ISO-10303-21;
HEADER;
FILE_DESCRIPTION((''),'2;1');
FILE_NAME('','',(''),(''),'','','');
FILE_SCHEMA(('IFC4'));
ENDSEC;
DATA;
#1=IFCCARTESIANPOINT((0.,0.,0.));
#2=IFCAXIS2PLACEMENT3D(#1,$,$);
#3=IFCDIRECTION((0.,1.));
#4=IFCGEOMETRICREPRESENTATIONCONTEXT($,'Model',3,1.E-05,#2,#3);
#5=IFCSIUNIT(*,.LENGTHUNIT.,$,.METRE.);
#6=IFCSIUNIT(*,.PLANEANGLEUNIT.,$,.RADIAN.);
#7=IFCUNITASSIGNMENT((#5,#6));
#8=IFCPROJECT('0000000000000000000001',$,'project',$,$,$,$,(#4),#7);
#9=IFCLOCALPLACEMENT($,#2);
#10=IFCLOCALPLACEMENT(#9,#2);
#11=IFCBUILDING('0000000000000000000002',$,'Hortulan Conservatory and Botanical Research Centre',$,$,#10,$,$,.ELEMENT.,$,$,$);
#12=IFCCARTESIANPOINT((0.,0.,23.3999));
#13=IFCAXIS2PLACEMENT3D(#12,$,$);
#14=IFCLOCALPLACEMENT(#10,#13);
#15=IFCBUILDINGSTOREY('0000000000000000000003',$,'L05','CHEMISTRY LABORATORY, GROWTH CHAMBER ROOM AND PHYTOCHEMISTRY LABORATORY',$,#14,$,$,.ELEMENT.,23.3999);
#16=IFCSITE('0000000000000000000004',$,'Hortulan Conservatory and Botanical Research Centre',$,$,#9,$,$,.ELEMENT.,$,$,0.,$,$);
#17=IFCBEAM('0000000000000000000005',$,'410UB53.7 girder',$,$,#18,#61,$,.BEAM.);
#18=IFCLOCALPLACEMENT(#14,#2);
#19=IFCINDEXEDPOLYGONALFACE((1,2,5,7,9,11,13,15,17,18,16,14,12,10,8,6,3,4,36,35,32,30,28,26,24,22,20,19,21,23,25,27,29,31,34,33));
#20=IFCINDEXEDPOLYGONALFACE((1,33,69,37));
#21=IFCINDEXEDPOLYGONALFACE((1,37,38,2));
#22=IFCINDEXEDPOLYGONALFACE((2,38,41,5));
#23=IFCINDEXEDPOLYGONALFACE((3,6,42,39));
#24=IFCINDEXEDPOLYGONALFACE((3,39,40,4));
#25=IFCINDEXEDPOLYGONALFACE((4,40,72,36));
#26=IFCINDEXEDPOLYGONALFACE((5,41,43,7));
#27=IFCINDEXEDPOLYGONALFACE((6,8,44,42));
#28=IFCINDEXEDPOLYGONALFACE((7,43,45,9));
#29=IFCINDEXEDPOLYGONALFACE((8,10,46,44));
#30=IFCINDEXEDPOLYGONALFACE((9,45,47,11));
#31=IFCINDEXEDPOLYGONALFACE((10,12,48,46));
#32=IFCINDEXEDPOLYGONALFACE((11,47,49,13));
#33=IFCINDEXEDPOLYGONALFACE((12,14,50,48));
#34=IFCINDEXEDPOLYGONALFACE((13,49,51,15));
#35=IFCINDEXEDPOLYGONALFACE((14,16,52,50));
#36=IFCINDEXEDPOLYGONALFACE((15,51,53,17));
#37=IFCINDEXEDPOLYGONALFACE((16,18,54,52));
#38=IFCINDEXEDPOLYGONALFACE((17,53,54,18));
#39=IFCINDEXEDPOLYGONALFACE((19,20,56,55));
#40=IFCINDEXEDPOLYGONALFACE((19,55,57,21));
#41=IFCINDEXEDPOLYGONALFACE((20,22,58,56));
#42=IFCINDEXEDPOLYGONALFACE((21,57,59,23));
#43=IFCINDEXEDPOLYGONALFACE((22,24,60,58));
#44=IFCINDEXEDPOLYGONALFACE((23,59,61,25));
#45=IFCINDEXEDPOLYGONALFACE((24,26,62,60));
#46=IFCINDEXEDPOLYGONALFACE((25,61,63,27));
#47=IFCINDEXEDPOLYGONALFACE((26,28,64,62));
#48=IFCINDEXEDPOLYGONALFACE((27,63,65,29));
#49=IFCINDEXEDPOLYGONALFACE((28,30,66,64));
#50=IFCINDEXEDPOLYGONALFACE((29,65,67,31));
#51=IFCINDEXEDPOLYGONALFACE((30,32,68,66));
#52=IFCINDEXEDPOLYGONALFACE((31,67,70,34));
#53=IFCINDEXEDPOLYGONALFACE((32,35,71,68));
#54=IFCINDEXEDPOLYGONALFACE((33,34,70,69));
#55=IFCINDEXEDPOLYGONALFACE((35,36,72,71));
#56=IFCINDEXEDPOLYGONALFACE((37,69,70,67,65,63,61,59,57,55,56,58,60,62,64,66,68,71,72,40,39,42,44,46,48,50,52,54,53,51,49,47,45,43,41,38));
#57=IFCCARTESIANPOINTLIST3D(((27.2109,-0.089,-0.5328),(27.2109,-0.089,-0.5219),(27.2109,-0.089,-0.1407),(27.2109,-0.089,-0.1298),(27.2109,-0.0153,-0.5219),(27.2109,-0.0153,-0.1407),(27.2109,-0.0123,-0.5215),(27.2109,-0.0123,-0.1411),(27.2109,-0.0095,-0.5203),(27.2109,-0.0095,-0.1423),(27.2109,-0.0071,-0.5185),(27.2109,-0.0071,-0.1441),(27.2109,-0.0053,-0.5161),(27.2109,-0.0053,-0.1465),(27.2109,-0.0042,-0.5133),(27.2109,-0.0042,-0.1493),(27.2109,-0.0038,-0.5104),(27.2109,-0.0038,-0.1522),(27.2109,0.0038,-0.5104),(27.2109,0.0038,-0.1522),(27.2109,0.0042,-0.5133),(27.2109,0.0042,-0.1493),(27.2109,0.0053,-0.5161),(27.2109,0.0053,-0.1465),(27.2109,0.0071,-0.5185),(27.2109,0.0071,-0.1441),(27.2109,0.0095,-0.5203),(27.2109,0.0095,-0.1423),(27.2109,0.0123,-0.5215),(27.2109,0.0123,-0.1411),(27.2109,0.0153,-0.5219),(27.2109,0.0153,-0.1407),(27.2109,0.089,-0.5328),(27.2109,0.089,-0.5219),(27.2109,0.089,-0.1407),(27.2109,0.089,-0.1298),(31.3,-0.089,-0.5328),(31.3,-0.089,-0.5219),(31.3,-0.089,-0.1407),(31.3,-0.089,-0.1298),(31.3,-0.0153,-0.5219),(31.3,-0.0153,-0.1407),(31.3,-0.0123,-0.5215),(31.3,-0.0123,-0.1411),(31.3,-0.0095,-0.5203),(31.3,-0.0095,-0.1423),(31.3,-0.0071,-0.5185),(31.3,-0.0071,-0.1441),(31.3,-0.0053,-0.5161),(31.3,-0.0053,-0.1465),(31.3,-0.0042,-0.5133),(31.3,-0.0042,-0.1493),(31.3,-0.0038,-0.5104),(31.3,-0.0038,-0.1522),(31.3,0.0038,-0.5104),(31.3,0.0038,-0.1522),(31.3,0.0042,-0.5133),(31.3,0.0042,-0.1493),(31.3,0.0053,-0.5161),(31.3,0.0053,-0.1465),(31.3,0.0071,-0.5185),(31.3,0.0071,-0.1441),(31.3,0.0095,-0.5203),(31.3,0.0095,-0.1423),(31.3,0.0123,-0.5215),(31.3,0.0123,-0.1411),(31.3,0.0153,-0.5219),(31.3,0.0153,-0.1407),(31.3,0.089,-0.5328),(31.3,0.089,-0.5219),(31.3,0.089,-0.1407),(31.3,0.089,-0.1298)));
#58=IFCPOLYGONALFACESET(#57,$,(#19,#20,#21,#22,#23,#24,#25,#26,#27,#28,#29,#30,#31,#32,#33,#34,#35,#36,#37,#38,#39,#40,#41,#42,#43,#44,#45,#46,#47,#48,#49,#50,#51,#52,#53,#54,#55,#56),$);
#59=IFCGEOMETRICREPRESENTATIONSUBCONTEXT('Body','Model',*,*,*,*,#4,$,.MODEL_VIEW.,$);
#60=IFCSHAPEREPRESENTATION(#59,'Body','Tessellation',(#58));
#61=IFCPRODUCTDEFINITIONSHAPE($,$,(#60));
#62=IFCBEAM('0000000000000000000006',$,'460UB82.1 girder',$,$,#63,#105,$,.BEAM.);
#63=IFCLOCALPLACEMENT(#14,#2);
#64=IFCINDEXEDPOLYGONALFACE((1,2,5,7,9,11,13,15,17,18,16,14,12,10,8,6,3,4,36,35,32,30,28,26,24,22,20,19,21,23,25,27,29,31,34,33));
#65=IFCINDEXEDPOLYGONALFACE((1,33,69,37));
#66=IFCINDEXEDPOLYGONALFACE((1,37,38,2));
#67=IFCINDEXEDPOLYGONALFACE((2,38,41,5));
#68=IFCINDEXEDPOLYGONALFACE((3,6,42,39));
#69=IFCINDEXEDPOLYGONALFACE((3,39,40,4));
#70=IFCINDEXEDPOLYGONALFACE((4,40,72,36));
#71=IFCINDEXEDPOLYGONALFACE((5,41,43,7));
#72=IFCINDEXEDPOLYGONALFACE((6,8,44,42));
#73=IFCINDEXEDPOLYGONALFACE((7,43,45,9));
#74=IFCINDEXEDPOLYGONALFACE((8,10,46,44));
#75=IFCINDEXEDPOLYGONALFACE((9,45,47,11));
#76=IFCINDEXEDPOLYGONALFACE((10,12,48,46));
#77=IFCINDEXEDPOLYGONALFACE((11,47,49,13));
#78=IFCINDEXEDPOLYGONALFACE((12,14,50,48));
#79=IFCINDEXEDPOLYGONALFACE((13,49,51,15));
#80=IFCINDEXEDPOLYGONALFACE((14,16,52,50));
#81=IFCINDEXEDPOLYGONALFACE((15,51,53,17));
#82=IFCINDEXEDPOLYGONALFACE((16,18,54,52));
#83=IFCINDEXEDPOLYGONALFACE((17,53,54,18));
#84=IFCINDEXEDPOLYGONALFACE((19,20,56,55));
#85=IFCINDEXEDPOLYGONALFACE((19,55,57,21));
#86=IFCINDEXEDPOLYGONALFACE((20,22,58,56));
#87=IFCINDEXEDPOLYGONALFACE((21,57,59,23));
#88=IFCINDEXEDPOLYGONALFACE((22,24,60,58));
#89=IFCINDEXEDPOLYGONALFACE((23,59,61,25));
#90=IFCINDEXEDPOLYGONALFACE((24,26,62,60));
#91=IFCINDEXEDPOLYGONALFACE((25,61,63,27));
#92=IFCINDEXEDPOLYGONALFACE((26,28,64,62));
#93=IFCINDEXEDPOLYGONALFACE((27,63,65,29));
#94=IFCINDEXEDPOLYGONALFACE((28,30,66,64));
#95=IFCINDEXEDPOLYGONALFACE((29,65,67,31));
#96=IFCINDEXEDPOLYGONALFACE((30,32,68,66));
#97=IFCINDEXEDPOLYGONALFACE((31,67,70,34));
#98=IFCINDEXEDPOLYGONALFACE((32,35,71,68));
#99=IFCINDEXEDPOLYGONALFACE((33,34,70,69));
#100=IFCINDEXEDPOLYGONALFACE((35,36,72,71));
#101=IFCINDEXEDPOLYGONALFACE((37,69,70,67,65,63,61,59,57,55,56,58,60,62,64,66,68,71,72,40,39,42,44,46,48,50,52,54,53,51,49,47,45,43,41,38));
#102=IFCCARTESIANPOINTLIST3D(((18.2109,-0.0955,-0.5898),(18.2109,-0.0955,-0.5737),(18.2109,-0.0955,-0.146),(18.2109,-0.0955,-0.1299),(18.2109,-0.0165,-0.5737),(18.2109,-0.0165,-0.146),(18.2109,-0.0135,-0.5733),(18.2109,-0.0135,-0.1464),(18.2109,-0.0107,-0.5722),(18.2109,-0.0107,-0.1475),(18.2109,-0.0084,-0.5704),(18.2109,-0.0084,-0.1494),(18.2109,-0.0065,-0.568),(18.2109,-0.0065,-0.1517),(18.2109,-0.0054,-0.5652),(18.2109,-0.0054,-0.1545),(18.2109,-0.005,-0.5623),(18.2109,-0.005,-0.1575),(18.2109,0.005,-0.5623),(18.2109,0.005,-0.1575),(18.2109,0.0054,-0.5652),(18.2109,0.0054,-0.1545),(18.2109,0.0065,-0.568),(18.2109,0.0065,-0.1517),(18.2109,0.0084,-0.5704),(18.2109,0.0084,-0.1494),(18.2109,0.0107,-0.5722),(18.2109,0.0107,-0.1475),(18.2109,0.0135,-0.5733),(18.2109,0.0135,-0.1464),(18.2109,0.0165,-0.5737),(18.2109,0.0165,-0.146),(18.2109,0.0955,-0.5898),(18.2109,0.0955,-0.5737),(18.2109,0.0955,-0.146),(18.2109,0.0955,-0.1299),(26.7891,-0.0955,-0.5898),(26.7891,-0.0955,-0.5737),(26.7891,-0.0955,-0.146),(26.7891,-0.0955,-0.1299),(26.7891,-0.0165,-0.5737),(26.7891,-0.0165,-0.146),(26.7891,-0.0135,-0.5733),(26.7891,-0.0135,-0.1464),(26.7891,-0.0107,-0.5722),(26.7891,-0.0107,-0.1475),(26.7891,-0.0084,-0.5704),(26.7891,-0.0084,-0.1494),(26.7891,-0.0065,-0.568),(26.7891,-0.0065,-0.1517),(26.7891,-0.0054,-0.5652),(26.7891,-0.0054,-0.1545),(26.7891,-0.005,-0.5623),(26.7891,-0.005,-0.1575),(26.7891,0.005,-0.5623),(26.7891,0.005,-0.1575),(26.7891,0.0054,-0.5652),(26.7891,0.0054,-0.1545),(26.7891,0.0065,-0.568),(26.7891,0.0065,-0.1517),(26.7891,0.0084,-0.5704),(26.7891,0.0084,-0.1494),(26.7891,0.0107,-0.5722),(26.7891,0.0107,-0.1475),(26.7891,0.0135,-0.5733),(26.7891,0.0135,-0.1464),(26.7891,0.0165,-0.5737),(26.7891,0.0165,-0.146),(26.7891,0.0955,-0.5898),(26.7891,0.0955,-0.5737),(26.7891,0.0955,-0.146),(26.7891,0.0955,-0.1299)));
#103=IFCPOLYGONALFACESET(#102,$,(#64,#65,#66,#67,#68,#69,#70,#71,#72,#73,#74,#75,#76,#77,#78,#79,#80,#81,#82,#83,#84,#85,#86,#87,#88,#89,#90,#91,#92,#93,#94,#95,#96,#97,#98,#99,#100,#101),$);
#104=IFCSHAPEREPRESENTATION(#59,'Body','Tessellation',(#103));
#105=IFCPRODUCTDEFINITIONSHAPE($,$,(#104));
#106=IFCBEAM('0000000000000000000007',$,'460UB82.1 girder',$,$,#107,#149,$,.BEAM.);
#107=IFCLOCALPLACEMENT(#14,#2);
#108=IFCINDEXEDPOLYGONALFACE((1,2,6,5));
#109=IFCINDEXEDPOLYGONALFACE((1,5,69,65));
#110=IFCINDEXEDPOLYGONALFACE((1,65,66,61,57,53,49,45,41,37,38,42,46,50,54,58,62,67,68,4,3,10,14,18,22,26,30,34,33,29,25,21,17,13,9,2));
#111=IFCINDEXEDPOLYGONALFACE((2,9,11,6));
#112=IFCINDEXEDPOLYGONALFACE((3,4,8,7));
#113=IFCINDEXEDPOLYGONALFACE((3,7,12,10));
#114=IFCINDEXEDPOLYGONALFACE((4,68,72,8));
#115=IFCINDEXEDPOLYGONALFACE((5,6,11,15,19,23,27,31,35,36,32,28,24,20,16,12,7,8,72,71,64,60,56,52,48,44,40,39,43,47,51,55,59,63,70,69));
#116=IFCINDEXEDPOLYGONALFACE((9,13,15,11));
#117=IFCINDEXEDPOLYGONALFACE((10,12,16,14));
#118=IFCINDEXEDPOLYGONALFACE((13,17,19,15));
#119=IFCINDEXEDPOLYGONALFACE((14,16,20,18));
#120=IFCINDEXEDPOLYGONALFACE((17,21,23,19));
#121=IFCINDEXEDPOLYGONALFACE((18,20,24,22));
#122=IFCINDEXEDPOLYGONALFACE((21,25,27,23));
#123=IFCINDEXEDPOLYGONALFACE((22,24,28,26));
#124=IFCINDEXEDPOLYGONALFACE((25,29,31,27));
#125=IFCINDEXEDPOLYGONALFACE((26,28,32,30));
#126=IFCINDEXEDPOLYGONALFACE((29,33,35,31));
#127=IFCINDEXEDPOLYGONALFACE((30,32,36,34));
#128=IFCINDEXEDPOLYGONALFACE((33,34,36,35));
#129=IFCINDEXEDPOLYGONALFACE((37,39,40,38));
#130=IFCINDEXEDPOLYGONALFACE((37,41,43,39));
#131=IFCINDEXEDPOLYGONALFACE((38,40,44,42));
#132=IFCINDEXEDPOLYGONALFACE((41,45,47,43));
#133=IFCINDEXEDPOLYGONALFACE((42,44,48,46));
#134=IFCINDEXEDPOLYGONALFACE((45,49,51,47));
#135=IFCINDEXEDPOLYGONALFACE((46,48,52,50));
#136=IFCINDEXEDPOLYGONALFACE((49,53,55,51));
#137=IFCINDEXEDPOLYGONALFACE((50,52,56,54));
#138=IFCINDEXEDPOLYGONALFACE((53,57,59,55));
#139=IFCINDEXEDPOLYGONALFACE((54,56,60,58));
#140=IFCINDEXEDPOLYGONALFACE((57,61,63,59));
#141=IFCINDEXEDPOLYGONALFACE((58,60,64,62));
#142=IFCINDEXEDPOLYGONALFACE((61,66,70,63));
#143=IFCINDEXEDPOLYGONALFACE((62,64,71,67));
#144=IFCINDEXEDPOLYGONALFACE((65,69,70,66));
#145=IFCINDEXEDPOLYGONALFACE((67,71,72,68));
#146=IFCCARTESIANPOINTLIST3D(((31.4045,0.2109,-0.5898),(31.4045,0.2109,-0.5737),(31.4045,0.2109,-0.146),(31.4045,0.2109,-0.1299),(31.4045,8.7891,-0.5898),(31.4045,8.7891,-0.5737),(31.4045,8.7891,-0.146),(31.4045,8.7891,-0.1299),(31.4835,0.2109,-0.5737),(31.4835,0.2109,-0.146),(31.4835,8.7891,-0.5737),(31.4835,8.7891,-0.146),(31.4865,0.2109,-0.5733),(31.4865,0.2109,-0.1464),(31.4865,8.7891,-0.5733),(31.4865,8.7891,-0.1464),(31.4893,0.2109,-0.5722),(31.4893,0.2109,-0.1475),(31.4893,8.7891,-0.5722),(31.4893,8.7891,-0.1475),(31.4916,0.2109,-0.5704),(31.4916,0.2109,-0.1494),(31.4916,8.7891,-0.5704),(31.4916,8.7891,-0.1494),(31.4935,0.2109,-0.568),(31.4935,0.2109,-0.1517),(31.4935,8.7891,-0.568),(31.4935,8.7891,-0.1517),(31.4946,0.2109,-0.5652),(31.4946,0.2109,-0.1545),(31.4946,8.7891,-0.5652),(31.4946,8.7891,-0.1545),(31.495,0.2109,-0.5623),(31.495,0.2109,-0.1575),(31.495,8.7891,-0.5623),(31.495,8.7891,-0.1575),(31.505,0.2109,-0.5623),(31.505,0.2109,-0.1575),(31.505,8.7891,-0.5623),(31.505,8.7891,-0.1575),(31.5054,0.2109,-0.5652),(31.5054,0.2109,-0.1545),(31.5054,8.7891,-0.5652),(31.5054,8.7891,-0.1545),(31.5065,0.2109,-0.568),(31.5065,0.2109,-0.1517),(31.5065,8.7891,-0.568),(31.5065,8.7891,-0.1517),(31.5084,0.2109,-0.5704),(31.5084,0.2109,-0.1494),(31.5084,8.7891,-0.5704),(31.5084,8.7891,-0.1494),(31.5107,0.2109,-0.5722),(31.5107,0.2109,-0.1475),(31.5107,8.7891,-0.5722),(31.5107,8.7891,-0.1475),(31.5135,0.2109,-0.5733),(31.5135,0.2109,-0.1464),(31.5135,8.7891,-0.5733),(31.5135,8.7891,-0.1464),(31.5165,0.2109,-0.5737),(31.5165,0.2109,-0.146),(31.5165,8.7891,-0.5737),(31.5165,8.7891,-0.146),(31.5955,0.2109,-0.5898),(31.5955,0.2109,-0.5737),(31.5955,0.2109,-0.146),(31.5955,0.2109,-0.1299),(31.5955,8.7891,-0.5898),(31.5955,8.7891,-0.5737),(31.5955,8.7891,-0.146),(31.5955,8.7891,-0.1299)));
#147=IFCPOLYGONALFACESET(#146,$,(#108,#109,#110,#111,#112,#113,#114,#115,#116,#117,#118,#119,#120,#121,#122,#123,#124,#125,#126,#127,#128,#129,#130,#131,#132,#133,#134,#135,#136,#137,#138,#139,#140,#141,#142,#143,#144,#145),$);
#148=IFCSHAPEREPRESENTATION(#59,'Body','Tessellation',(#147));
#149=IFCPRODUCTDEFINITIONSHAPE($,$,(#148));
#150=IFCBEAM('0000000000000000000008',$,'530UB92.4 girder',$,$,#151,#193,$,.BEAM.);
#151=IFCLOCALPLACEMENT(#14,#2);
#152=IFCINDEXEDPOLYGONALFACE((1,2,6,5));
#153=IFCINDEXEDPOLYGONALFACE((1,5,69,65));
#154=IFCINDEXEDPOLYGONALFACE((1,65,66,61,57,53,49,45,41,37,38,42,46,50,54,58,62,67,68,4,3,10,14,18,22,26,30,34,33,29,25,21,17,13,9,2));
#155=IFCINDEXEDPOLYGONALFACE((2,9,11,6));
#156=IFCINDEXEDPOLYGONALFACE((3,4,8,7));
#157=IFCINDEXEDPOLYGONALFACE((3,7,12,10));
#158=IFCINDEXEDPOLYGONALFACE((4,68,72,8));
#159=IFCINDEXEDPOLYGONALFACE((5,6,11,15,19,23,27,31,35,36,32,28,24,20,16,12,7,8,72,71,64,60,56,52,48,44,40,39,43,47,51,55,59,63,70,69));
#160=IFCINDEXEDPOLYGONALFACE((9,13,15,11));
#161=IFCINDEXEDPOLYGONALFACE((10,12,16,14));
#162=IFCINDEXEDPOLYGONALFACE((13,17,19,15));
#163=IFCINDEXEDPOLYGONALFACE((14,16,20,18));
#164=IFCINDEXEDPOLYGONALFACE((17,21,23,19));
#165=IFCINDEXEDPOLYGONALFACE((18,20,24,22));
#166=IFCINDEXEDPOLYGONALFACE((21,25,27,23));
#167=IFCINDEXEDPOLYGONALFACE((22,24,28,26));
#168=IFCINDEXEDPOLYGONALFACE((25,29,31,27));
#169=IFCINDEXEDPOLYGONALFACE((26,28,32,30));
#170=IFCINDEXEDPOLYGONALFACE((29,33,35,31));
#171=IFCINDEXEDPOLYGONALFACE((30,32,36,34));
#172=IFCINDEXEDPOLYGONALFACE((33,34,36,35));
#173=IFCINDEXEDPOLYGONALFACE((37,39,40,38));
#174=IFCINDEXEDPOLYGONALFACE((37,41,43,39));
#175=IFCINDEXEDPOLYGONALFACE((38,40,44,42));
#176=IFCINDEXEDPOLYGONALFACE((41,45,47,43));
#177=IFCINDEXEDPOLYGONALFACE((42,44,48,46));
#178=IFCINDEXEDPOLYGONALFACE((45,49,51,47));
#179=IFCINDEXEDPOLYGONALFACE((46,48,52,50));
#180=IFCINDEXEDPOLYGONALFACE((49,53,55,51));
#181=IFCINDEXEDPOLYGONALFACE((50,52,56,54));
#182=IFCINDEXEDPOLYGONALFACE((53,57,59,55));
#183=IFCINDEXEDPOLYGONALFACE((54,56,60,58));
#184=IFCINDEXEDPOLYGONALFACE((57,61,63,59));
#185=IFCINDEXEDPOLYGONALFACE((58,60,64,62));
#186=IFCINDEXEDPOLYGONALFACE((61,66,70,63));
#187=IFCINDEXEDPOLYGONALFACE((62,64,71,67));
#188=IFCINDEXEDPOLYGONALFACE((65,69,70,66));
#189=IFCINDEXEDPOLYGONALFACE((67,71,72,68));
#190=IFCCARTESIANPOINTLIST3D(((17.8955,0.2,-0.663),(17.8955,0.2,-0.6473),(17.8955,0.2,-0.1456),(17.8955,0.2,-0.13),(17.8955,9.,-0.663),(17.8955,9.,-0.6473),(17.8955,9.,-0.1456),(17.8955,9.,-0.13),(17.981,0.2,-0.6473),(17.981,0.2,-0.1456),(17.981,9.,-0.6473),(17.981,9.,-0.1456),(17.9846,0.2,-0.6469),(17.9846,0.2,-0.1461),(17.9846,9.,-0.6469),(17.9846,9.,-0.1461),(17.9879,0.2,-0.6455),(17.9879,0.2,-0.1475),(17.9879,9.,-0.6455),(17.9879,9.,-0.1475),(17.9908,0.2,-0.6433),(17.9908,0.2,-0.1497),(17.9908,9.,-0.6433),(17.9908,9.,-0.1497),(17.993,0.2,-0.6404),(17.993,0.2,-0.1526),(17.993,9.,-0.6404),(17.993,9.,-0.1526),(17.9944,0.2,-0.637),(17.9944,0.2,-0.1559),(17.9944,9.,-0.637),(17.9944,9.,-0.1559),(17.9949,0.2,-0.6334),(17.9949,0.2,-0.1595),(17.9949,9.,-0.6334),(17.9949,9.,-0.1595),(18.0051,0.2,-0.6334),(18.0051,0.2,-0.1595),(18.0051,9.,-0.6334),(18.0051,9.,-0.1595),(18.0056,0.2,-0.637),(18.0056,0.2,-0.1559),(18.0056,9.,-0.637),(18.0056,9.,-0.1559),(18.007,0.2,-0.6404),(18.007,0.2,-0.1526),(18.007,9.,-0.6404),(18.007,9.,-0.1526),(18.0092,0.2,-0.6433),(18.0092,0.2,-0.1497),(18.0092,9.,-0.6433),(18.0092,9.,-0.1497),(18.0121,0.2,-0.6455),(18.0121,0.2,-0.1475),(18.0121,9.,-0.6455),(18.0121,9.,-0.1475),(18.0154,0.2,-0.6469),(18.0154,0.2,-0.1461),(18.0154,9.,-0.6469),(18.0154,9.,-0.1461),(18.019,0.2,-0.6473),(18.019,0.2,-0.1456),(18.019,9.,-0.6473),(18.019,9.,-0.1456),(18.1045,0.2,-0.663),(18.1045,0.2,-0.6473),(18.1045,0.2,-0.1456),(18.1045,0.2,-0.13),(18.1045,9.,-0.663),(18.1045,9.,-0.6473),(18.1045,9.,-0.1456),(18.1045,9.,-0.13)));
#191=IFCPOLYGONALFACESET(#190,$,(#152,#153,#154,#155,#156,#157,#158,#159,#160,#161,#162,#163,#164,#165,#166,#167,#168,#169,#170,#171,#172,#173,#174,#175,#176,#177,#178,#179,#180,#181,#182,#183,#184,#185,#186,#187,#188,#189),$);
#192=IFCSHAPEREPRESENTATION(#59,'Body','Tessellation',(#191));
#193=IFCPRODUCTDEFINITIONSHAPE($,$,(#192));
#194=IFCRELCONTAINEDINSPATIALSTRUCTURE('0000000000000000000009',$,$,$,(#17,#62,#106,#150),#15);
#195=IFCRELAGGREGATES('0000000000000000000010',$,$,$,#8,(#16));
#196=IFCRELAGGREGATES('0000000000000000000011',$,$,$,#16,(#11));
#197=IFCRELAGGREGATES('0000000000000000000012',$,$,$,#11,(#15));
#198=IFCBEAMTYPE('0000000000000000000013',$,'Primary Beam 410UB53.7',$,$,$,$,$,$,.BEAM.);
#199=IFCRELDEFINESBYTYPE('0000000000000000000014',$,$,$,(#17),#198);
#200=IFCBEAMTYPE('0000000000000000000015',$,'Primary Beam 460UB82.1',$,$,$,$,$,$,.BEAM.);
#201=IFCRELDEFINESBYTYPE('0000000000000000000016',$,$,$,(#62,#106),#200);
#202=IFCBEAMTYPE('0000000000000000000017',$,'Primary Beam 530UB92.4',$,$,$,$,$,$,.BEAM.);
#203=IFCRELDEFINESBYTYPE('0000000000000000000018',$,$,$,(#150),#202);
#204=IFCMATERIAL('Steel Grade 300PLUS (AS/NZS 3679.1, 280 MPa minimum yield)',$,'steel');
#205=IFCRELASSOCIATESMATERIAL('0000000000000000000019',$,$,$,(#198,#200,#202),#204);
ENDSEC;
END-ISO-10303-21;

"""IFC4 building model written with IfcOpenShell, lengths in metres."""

from ifc_helpers import new_model, si_unit, direction, frame, origin, origin_2d, place, context, subcontext, project, spatial, i_section, extrude, material, material_profile, profile_set, type_object, element, save


model = new_model("IFC4")

# Units and contexts
model_context = context("Model", 3, precision=1e-05, world=origin(), true_north=direction((0.0, 1.0)))
body_context = subcontext(model_context, "Body", "Model", "MODEL_VIEW")
ifc_project = project(units=[si_unit("LENGTHUNIT", "METRE"), si_unit("PLANEANGLEUNIT", "RADIAN")], contexts=[model_context])

# Site, building, storey
site_placement = place(None, origin())
site = spatial("IfcSite", under=ifc_project, at=site_placement, Name="Hortulan Conservatory and Botanical Research Centre", CompositionType="ELEMENT", RefElevation=0.0)
building_placement = place(site_placement, origin())
building = spatial("IfcBuilding", under=site, at=building_placement, Name="Hortulan Conservatory and Botanical Research Centre", CompositionType="ELEMENT")
storey_placement = place(building_placement, frame((0.0, 0.0, 23.3999)))
storey = spatial("IfcBuildingStorey", under=building, at=storey_placement, Name="L05", Description="CHEMISTRY LABORATORY, GROWTH CHAMBER ROOM AND PHYTOCHEMISTRY LABORATORY", CompositionType="ELEMENT", Elevation=23.3999)

# Shared definitions
ifc_material_1 = material(Name="Steel Grade 300PLUS (AS/NZS 3679.1, 280 MPa minimum yield)", Category="steel")

# Beams
ifc_material_profile_1 = material_profile(ifc_material_1, i_section(OverallWidth=0.178, OverallDepth=0.4031, WebThickness=0.0076, FlangeThickness=0.011, FilletRadius=0.0115, at=origin_2d()), Name="410UB53.7")
ifc_profile_set_1 = profile_set([ifc_material_profile_1], Name="Steel Grade 300PLUS (AS/NZS 3679.1, 280 MPa minimum yield)")
beam_type_1 = type_object("IfcBeamType", Name="Primary Beam 410UB53.7", PredefinedType="BEAM", material=ifc_profile_set_1)
beam_1_placement = place(storey_placement, frame((27.2109, 0.0, -0.3313), z_axis=(1.0, 0.0, 0.0), x_axis=(0.0, 1.0, 0.0)))
element("IfcBeam", 1, at=beam_1_placement, inside=storey, type_object=beam_type_1, Name="410UB53.7 girder", PredefinedType="BEAM", context=body_context, shape_type="SweptSolid", body=[
    extrude(i_section(OverallWidth=0.178, OverallDepth=0.4031, WebThickness=0.0076, FlangeThickness=0.011, FilletRadius=0.0115, at=origin_2d()), origin(), (0.0, 0.0, 1.0), 4.0891),
])
ifc_material_profile_2 = material_profile(ifc_material_1, i_section(OverallWidth=0.1909, OverallDepth=0.46, WebThickness=0.01, FlangeThickness=0.0161, FilletRadius=0.0115, at=origin_2d()), Name="460UB82.1")
ifc_profile_set_2 = profile_set([ifc_material_profile_2], Name="Steel Grade 300PLUS (AS/NZS 3679.1, 280 MPa minimum yield)")
beam_type_2 = type_object("IfcBeamType", Name="Primary Beam 460UB82.1", PredefinedType="BEAM", material=ifc_profile_set_2)
for number, where, z_axis, x_axis, name in (
    (2, (18.2109, 0.0, -0.3599), (1.0, 0.0, 0.0), (0.0, 1.0, 0.0), "460UB82.1 girder"),
    (3, (31.5, 0.2109, -0.3599), (0.0, 1.0, 0.0), (-1.0, 0.0, 0.0), "460UB82.1 girder"),
):
    element("IfcBeam", number, at=place(storey_placement, frame(where, z_axis=z_axis, x_axis=x_axis)), inside=storey, type_object=beam_type_2, Name=name, PredefinedType="BEAM", context=body_context, shape_type="SweptSolid", body=[
        extrude(i_section(OverallWidth=0.1909, OverallDepth=0.46, WebThickness=0.01, FlangeThickness=0.0161, FilletRadius=0.0115, at=origin_2d()), origin(), (0.0, 0.0, 1.0), 8.5781),
    ])
ifc_material_profile_3 = material_profile(ifc_material_1, i_section(OverallWidth=0.209, OverallDepth=0.533, WebThickness=0.0103, FlangeThickness=0.0156, FilletRadius=0.0139, at=origin_2d()), Name="530UB92.4")
ifc_profile_set_3 = profile_set([ifc_material_profile_3], Name="Steel Grade 300PLUS (AS/NZS 3679.1, 280 MPa minimum yield)")
beam_type_3 = type_object("IfcBeamType", Name="Primary Beam 530UB92.4", PredefinedType="BEAM", material=ifc_profile_set_3)
beam_2_placement = place(storey_placement, frame((18.0, 0.2, -0.3965), z_axis=(0.0, 1.0, 0.0), x_axis=(-1.0, 0.0, 0.0)))
element("IfcBeam", 4, at=beam_2_placement, inside=storey, type_object=beam_type_3, Name="530UB92.4 girder", PredefinedType="BEAM", context=body_context, shape_type="SweptSolid", body=[
    extrude(i_section(OverallWidth=0.209, OverallDepth=0.533, WebThickness=0.0103, FlangeThickness=0.0156, FilletRadius=0.0139, at=origin_2d()), origin(), (0.0, 0.0, 1.0), 8.8),
])

save(model, "model.ifc")
